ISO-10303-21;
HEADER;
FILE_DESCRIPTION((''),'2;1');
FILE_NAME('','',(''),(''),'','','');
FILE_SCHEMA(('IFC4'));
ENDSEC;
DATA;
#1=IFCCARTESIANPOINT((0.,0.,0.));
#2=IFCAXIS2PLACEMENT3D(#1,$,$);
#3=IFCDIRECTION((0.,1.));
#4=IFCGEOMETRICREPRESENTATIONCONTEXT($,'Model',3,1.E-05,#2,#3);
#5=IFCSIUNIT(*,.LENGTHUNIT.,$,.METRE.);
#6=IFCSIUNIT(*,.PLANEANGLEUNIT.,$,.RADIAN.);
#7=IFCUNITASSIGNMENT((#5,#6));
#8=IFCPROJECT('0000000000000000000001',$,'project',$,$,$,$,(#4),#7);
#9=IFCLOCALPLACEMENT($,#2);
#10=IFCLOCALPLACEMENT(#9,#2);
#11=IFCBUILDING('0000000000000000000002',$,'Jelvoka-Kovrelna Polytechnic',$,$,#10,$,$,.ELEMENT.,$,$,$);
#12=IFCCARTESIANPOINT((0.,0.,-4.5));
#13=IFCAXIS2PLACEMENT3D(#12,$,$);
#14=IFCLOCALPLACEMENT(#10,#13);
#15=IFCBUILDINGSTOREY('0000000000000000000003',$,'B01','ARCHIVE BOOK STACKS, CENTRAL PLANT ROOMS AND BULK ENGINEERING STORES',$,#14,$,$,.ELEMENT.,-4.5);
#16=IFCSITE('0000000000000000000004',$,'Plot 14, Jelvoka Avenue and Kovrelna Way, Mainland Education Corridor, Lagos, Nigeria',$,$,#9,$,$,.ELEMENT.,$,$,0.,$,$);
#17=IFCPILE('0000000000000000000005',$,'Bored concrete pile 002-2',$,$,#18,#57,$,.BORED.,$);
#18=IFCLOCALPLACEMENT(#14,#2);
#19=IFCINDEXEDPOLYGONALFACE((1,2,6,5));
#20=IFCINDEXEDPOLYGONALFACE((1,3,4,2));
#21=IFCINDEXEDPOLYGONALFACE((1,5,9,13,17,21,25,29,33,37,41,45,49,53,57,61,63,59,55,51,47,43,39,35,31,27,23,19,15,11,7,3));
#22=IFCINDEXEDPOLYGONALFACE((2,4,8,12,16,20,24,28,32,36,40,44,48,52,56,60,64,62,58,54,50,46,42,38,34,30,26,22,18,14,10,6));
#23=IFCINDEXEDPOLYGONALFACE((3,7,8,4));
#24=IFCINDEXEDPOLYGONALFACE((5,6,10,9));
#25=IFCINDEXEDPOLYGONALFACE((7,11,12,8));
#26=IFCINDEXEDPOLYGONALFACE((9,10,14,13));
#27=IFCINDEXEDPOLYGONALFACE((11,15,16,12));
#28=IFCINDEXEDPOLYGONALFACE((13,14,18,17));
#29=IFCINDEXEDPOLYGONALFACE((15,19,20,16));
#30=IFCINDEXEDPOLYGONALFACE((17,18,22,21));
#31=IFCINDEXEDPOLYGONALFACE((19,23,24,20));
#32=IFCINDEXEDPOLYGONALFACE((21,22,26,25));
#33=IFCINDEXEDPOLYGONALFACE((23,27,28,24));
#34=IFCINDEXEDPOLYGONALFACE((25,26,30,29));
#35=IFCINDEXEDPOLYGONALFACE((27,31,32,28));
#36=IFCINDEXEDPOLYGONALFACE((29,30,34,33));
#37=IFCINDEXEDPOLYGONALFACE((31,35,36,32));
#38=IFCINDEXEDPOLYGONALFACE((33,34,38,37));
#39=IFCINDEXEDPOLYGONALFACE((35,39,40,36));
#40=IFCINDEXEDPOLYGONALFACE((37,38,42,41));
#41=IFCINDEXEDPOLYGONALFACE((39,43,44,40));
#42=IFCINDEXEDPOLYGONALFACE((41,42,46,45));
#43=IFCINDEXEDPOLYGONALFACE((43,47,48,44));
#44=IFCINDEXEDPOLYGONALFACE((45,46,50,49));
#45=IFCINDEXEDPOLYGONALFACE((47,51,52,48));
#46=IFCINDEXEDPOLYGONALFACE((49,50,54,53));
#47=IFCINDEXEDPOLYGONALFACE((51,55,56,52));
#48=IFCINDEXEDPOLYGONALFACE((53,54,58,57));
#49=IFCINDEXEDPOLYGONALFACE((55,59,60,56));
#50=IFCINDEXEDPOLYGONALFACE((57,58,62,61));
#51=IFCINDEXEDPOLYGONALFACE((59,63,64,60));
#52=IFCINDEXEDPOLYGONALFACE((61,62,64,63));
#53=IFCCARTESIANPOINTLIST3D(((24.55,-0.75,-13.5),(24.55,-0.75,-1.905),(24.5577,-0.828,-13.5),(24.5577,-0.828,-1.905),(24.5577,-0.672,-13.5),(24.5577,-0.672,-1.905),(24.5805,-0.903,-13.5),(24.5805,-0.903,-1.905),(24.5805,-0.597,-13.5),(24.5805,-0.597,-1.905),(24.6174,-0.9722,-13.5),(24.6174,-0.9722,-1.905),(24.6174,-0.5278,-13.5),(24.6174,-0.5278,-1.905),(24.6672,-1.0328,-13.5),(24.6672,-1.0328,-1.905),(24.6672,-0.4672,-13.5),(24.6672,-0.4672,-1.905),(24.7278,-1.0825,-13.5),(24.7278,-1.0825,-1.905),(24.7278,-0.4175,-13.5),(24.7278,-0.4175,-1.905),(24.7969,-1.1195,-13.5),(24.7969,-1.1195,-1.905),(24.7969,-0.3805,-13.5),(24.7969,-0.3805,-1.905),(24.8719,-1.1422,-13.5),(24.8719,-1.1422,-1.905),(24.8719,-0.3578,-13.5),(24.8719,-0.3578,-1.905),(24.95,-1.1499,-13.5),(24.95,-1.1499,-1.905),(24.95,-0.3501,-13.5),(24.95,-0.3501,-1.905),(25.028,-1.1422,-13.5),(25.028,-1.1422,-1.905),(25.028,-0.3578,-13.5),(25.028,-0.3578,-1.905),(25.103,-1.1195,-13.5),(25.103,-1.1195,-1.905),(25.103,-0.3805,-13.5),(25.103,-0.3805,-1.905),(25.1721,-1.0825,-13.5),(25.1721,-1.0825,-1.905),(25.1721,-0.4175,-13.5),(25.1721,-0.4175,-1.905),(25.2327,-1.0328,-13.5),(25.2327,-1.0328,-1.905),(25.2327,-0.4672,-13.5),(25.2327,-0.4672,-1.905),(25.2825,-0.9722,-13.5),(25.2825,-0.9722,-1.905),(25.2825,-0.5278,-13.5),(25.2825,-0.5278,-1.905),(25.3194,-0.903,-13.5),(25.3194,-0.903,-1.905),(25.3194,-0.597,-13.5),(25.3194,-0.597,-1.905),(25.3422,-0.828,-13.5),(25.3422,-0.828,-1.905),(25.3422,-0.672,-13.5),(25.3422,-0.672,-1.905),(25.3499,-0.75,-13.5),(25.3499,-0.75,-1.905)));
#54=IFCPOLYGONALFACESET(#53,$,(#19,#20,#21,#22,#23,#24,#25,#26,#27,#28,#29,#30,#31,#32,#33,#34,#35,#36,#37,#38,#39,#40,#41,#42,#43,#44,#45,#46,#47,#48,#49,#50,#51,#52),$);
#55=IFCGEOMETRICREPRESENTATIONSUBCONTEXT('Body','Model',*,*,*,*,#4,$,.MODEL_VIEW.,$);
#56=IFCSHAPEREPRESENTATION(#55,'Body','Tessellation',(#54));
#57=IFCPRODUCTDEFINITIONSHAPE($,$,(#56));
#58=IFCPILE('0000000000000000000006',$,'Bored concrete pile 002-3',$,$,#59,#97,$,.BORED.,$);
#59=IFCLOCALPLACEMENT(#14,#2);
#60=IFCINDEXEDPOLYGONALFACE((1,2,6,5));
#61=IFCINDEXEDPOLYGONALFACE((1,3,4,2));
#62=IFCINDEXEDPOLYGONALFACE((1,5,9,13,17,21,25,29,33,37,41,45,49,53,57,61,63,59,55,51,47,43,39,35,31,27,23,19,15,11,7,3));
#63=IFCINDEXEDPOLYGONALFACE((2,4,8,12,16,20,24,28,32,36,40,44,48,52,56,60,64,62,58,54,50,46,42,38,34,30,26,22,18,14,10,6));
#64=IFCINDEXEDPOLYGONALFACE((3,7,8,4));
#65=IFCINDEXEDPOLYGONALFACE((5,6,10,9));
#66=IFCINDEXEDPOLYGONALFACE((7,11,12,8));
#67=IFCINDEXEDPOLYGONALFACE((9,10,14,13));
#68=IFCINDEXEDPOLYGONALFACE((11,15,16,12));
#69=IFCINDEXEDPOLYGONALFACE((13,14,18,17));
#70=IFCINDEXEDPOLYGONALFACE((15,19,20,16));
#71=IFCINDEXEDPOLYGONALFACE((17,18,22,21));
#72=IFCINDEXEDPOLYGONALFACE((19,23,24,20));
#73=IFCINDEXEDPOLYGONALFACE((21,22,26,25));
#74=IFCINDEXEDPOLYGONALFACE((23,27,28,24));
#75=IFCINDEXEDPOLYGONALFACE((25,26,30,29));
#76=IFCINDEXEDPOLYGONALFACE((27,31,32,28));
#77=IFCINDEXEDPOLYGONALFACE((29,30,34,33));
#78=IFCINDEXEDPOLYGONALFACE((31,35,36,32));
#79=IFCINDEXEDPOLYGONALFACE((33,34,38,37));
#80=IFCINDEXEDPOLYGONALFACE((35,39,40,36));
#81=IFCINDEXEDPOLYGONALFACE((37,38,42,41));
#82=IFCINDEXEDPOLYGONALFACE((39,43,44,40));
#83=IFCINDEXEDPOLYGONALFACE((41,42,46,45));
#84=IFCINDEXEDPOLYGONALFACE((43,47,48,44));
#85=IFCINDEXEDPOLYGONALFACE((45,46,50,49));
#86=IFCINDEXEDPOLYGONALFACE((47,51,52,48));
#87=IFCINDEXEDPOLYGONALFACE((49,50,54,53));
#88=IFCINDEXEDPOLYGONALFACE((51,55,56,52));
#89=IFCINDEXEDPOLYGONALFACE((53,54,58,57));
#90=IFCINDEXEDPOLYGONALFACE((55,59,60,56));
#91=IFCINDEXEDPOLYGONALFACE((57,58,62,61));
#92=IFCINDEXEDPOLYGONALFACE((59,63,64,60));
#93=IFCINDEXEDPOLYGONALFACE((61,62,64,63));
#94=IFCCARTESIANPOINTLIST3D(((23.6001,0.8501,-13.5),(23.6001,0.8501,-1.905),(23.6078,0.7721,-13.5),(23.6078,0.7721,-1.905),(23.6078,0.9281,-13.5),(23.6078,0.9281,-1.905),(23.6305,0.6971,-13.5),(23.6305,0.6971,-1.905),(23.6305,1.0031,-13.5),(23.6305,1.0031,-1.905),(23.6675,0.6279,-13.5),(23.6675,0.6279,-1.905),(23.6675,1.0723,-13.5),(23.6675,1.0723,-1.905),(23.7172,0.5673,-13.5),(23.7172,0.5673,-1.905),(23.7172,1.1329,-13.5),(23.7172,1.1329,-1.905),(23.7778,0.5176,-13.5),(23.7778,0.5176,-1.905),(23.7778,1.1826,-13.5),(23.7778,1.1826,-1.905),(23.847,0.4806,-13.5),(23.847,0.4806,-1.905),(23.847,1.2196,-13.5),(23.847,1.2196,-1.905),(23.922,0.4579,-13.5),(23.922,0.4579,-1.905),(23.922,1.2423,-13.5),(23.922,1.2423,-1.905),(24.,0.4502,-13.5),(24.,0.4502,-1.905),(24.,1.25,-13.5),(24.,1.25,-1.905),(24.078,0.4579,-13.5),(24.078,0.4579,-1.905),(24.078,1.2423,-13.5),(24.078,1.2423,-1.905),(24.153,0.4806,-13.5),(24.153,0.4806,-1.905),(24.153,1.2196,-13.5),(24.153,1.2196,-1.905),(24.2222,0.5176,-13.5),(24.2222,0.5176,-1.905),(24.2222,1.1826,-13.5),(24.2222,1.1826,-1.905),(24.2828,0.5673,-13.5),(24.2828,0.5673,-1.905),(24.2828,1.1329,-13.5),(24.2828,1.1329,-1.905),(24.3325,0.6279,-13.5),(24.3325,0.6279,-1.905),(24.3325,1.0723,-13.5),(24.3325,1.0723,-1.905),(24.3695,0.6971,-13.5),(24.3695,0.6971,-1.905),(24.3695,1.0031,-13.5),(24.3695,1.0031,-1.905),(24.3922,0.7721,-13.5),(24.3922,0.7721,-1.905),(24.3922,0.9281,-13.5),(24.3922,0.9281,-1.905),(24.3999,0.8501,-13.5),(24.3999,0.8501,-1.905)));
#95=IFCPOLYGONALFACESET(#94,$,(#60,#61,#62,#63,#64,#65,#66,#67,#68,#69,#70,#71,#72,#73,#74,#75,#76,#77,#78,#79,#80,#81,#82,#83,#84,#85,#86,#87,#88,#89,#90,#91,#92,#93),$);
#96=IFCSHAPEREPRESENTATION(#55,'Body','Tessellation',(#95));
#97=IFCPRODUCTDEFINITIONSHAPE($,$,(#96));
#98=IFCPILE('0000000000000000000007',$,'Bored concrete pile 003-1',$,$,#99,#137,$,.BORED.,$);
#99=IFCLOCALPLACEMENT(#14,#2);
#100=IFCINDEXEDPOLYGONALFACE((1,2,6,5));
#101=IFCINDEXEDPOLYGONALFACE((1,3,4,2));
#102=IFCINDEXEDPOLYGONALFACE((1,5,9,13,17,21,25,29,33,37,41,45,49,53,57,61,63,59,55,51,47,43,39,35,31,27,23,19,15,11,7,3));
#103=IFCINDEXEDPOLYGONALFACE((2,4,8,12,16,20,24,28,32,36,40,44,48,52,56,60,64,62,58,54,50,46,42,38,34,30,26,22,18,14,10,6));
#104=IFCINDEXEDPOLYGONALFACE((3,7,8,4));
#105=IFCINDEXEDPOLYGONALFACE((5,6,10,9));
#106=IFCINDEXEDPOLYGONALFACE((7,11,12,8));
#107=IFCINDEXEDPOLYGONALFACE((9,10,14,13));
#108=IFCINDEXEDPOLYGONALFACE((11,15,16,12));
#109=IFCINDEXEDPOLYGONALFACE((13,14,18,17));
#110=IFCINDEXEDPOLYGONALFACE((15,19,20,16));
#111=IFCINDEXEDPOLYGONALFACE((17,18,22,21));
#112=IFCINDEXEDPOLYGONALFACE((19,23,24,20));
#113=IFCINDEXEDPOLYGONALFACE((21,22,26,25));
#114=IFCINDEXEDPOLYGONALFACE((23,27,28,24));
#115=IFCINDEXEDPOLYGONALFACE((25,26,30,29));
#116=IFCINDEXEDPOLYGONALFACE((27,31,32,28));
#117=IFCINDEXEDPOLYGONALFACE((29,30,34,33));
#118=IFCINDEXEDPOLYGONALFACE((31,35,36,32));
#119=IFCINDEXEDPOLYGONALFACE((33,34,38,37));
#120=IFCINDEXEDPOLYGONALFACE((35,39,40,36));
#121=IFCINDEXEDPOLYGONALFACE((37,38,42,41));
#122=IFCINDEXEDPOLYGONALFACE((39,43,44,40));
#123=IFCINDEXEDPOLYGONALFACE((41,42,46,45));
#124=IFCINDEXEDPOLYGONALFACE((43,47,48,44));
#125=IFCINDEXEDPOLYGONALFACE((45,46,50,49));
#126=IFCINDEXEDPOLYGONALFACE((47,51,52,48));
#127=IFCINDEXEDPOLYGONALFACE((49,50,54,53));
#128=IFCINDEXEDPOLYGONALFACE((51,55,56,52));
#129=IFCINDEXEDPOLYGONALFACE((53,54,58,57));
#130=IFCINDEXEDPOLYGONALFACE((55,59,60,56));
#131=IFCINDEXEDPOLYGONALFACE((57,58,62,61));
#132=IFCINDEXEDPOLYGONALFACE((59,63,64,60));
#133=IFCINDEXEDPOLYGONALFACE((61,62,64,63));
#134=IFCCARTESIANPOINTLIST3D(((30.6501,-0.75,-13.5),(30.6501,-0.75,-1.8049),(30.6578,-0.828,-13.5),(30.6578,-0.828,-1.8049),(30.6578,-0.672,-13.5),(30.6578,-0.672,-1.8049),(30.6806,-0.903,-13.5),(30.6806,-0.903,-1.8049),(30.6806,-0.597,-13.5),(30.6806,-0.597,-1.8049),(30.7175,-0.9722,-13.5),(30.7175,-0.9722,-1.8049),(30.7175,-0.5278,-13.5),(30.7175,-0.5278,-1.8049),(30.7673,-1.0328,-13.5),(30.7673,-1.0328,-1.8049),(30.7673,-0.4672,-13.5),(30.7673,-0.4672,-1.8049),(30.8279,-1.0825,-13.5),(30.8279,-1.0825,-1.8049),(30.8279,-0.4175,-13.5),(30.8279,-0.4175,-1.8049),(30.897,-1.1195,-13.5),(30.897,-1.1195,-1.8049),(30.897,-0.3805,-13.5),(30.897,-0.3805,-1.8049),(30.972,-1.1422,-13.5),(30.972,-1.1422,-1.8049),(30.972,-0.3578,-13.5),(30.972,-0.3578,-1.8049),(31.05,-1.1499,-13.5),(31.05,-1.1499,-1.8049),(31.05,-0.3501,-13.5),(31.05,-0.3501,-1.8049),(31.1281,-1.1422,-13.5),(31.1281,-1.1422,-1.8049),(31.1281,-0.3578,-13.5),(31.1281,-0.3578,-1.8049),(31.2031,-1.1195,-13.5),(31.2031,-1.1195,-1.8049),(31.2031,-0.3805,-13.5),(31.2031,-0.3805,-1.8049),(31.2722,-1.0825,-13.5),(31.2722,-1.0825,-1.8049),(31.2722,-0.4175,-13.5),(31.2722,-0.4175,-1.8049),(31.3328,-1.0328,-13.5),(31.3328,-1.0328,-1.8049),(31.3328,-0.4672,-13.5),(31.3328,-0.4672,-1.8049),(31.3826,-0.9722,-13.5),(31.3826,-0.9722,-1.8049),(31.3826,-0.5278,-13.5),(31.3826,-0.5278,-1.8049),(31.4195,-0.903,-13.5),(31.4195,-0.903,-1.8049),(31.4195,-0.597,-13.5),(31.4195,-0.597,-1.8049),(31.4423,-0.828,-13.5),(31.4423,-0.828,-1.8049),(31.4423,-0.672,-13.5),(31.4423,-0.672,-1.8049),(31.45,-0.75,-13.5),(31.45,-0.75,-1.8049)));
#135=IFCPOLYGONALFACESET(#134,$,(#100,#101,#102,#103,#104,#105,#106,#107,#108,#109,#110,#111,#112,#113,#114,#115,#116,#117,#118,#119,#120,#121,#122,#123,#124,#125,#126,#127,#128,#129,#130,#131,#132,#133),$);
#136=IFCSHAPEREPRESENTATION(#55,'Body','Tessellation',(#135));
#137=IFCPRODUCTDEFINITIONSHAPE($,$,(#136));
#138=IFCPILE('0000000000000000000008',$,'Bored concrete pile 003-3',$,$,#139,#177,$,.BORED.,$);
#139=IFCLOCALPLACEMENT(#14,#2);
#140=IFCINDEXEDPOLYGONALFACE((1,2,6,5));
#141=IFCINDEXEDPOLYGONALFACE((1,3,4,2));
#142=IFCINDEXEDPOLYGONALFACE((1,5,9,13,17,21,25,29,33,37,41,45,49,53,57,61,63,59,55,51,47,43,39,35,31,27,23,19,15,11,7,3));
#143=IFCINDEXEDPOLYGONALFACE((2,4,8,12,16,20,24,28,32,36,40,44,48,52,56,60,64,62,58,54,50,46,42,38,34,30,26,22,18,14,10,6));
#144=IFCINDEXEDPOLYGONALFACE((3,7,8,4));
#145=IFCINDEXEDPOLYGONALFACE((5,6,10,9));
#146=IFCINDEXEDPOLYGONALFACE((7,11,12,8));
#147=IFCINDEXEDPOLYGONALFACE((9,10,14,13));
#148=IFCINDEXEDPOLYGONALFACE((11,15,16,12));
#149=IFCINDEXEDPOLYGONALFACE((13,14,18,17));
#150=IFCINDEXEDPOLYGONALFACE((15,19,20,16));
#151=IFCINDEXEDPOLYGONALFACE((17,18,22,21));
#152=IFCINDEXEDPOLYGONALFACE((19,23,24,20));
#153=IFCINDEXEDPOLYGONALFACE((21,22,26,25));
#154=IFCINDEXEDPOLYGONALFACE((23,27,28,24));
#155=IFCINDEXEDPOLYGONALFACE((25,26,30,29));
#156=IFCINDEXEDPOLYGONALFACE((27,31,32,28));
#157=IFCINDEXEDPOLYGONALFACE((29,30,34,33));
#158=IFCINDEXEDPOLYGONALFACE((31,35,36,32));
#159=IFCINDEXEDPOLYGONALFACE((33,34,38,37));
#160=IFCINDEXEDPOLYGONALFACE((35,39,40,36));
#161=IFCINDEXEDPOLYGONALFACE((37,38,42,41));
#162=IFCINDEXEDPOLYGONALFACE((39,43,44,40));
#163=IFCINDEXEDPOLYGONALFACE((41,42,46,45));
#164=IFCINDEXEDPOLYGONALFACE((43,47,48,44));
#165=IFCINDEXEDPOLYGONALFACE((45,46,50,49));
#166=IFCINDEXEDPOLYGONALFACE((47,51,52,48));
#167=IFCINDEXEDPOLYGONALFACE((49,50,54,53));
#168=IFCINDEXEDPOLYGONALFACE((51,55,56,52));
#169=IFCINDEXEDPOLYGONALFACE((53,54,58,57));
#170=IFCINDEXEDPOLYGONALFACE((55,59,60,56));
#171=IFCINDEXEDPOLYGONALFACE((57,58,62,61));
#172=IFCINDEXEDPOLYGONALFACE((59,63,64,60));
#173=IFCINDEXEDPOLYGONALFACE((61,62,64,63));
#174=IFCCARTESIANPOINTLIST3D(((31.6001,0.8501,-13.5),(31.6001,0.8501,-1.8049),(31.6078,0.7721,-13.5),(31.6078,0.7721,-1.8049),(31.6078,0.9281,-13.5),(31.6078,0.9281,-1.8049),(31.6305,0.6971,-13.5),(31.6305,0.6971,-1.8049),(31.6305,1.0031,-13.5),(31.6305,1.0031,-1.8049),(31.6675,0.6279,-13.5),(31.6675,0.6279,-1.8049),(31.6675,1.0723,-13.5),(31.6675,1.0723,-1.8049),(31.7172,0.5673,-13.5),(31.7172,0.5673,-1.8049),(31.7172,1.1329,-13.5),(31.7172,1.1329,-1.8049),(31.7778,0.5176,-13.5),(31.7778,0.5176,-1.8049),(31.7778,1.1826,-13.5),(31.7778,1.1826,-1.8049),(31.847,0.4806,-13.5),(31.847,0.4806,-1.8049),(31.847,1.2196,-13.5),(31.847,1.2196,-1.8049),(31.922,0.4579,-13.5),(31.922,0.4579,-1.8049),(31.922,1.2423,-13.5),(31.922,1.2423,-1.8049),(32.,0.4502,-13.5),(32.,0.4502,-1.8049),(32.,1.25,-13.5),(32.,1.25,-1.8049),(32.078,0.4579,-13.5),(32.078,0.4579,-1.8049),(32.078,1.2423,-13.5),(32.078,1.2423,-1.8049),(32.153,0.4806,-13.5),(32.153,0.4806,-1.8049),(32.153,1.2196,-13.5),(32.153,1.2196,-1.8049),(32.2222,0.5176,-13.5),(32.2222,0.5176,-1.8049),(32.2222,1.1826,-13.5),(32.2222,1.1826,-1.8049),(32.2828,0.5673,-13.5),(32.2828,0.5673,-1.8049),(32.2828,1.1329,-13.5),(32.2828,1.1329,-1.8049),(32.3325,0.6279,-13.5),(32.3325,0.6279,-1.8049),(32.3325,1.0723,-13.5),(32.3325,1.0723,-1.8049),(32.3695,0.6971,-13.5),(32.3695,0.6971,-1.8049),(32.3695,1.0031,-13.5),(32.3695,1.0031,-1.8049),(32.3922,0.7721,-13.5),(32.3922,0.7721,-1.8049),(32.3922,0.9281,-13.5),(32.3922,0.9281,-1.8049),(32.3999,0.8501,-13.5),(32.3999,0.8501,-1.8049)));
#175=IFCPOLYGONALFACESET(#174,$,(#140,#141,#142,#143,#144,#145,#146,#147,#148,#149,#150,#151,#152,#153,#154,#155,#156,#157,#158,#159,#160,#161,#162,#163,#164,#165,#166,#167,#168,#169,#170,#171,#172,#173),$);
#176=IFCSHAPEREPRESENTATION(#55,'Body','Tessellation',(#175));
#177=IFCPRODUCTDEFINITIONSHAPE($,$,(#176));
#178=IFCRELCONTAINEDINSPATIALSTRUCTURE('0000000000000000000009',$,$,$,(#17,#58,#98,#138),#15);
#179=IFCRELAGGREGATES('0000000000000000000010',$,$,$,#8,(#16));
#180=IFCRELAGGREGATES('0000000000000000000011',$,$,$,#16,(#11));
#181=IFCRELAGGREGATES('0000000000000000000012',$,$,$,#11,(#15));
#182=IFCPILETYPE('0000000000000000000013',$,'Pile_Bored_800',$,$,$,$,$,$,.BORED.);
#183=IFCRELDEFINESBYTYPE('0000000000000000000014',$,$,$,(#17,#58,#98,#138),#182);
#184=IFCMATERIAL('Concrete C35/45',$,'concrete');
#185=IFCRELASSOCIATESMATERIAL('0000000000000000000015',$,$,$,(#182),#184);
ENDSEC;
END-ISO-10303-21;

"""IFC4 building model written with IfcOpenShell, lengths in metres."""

from ifc_helpers import new_model, si_unit, direction, frame, origin, origin_2d, place, context, subcontext, project, spatial, circle, extrude, material, material_profile, profile_set, type_object, element, save


model = new_model("IFC4")

# Units and contexts
model_context = context("Model", 3, precision=1e-05, world=origin(), true_north=direction((0.0, 1.0)))
body_context = subcontext(model_context, "Body", "Model", "MODEL_VIEW")
ifc_project = project(units=[si_unit("LENGTHUNIT", "METRE"), si_unit("PLANEANGLEUNIT", "RADIAN")], contexts=[model_context])

# Site, building, storey
site_placement = place(None, origin())
site = spatial("IfcSite", under=ifc_project, at=site_placement, Name="Plot 14, Jelvoka Avenue and Kovrelna Way, Mainland Education Corridor, Lagos, Nigeria", CompositionType="ELEMENT", RefElevation=0.0)
building_placement = place(site_placement, origin())
building = spatial("IfcBuilding", under=site, at=building_placement, Name="Jelvoka-Kovrelna Polytechnic", CompositionType="ELEMENT")
storey_placement = place(building_placement, frame((0.0, 0.0, -4.5)))
storey = spatial("IfcBuildingStorey", under=building, at=storey_placement, Name="B01", Description="ARCHIVE BOOK STACKS, CENTRAL PLANT ROOMS AND BULK ENGINEERING STORES", CompositionType="ELEMENT", Elevation=-4.5)

# Piles
ifc_material_1 = material(Name="Concrete C35/45", Category="concrete")
ifc_material_profile_1 = material_profile(ifc_material_1, circle(Radius=0.3999, at=origin_2d()), Name="PILE D800")
ifc_profile_set_1 = profile_set([ifc_material_profile_1], Name="Concrete C35/45")
pile_type = type_object("IfcPileType", Name="Pile_Bored_800", PredefinedType="BORED", material=ifc_profile_set_1)
for number, where, z_axis, x_axis, name in (
    (1, (24.95, -0.75, -1.905), (0.0, 0.0, -1.0), (1.0, 0.0, 0.0), "Bored concrete pile 002-2"),
    (2, (24.0, 0.8501, -1.905), (0.0, 0.0, -1.0), (1.0, 0.0, 0.0), "Bored concrete pile 002-3"),
):
    element("IfcPile", number, at=place(storey_placement, frame(where, z_axis=z_axis, x_axis=x_axis)), inside=storey, type_object=pile_type, Name=name, PredefinedType="BORED", context=body_context, shape_type="SweptSolid", body=[
        extrude(circle(Radius=0.3999, at=origin_2d()), origin(), (0.0, 0.0, 1.0), 11.595),
    ])
for number, where, z_axis, x_axis, name in (
    (3, (31.05, -0.75, -1.8049), (0.0, 0.0, -1.0), (1.0, 0.0, 0.0), "Bored concrete pile 003-1"),
    (4, (32.0, 0.8501, -1.8049), (0.0, 0.0, -1.0), (1.0, 0.0, 0.0), "Bored concrete pile 003-3"),
):
    element("IfcPile", number, at=place(storey_placement, frame(where, z_axis=z_axis, x_axis=x_axis)), inside=storey, type_object=pile_type, Name=name, PredefinedType="BORED", context=body_context, shape_type="SweptSolid", body=[
        extrude(circle(Radius=0.3999, at=origin_2d()), origin(), (0.0, 0.0, 1.0), 11.6951),
    ])

save(model, "model.ifc")
